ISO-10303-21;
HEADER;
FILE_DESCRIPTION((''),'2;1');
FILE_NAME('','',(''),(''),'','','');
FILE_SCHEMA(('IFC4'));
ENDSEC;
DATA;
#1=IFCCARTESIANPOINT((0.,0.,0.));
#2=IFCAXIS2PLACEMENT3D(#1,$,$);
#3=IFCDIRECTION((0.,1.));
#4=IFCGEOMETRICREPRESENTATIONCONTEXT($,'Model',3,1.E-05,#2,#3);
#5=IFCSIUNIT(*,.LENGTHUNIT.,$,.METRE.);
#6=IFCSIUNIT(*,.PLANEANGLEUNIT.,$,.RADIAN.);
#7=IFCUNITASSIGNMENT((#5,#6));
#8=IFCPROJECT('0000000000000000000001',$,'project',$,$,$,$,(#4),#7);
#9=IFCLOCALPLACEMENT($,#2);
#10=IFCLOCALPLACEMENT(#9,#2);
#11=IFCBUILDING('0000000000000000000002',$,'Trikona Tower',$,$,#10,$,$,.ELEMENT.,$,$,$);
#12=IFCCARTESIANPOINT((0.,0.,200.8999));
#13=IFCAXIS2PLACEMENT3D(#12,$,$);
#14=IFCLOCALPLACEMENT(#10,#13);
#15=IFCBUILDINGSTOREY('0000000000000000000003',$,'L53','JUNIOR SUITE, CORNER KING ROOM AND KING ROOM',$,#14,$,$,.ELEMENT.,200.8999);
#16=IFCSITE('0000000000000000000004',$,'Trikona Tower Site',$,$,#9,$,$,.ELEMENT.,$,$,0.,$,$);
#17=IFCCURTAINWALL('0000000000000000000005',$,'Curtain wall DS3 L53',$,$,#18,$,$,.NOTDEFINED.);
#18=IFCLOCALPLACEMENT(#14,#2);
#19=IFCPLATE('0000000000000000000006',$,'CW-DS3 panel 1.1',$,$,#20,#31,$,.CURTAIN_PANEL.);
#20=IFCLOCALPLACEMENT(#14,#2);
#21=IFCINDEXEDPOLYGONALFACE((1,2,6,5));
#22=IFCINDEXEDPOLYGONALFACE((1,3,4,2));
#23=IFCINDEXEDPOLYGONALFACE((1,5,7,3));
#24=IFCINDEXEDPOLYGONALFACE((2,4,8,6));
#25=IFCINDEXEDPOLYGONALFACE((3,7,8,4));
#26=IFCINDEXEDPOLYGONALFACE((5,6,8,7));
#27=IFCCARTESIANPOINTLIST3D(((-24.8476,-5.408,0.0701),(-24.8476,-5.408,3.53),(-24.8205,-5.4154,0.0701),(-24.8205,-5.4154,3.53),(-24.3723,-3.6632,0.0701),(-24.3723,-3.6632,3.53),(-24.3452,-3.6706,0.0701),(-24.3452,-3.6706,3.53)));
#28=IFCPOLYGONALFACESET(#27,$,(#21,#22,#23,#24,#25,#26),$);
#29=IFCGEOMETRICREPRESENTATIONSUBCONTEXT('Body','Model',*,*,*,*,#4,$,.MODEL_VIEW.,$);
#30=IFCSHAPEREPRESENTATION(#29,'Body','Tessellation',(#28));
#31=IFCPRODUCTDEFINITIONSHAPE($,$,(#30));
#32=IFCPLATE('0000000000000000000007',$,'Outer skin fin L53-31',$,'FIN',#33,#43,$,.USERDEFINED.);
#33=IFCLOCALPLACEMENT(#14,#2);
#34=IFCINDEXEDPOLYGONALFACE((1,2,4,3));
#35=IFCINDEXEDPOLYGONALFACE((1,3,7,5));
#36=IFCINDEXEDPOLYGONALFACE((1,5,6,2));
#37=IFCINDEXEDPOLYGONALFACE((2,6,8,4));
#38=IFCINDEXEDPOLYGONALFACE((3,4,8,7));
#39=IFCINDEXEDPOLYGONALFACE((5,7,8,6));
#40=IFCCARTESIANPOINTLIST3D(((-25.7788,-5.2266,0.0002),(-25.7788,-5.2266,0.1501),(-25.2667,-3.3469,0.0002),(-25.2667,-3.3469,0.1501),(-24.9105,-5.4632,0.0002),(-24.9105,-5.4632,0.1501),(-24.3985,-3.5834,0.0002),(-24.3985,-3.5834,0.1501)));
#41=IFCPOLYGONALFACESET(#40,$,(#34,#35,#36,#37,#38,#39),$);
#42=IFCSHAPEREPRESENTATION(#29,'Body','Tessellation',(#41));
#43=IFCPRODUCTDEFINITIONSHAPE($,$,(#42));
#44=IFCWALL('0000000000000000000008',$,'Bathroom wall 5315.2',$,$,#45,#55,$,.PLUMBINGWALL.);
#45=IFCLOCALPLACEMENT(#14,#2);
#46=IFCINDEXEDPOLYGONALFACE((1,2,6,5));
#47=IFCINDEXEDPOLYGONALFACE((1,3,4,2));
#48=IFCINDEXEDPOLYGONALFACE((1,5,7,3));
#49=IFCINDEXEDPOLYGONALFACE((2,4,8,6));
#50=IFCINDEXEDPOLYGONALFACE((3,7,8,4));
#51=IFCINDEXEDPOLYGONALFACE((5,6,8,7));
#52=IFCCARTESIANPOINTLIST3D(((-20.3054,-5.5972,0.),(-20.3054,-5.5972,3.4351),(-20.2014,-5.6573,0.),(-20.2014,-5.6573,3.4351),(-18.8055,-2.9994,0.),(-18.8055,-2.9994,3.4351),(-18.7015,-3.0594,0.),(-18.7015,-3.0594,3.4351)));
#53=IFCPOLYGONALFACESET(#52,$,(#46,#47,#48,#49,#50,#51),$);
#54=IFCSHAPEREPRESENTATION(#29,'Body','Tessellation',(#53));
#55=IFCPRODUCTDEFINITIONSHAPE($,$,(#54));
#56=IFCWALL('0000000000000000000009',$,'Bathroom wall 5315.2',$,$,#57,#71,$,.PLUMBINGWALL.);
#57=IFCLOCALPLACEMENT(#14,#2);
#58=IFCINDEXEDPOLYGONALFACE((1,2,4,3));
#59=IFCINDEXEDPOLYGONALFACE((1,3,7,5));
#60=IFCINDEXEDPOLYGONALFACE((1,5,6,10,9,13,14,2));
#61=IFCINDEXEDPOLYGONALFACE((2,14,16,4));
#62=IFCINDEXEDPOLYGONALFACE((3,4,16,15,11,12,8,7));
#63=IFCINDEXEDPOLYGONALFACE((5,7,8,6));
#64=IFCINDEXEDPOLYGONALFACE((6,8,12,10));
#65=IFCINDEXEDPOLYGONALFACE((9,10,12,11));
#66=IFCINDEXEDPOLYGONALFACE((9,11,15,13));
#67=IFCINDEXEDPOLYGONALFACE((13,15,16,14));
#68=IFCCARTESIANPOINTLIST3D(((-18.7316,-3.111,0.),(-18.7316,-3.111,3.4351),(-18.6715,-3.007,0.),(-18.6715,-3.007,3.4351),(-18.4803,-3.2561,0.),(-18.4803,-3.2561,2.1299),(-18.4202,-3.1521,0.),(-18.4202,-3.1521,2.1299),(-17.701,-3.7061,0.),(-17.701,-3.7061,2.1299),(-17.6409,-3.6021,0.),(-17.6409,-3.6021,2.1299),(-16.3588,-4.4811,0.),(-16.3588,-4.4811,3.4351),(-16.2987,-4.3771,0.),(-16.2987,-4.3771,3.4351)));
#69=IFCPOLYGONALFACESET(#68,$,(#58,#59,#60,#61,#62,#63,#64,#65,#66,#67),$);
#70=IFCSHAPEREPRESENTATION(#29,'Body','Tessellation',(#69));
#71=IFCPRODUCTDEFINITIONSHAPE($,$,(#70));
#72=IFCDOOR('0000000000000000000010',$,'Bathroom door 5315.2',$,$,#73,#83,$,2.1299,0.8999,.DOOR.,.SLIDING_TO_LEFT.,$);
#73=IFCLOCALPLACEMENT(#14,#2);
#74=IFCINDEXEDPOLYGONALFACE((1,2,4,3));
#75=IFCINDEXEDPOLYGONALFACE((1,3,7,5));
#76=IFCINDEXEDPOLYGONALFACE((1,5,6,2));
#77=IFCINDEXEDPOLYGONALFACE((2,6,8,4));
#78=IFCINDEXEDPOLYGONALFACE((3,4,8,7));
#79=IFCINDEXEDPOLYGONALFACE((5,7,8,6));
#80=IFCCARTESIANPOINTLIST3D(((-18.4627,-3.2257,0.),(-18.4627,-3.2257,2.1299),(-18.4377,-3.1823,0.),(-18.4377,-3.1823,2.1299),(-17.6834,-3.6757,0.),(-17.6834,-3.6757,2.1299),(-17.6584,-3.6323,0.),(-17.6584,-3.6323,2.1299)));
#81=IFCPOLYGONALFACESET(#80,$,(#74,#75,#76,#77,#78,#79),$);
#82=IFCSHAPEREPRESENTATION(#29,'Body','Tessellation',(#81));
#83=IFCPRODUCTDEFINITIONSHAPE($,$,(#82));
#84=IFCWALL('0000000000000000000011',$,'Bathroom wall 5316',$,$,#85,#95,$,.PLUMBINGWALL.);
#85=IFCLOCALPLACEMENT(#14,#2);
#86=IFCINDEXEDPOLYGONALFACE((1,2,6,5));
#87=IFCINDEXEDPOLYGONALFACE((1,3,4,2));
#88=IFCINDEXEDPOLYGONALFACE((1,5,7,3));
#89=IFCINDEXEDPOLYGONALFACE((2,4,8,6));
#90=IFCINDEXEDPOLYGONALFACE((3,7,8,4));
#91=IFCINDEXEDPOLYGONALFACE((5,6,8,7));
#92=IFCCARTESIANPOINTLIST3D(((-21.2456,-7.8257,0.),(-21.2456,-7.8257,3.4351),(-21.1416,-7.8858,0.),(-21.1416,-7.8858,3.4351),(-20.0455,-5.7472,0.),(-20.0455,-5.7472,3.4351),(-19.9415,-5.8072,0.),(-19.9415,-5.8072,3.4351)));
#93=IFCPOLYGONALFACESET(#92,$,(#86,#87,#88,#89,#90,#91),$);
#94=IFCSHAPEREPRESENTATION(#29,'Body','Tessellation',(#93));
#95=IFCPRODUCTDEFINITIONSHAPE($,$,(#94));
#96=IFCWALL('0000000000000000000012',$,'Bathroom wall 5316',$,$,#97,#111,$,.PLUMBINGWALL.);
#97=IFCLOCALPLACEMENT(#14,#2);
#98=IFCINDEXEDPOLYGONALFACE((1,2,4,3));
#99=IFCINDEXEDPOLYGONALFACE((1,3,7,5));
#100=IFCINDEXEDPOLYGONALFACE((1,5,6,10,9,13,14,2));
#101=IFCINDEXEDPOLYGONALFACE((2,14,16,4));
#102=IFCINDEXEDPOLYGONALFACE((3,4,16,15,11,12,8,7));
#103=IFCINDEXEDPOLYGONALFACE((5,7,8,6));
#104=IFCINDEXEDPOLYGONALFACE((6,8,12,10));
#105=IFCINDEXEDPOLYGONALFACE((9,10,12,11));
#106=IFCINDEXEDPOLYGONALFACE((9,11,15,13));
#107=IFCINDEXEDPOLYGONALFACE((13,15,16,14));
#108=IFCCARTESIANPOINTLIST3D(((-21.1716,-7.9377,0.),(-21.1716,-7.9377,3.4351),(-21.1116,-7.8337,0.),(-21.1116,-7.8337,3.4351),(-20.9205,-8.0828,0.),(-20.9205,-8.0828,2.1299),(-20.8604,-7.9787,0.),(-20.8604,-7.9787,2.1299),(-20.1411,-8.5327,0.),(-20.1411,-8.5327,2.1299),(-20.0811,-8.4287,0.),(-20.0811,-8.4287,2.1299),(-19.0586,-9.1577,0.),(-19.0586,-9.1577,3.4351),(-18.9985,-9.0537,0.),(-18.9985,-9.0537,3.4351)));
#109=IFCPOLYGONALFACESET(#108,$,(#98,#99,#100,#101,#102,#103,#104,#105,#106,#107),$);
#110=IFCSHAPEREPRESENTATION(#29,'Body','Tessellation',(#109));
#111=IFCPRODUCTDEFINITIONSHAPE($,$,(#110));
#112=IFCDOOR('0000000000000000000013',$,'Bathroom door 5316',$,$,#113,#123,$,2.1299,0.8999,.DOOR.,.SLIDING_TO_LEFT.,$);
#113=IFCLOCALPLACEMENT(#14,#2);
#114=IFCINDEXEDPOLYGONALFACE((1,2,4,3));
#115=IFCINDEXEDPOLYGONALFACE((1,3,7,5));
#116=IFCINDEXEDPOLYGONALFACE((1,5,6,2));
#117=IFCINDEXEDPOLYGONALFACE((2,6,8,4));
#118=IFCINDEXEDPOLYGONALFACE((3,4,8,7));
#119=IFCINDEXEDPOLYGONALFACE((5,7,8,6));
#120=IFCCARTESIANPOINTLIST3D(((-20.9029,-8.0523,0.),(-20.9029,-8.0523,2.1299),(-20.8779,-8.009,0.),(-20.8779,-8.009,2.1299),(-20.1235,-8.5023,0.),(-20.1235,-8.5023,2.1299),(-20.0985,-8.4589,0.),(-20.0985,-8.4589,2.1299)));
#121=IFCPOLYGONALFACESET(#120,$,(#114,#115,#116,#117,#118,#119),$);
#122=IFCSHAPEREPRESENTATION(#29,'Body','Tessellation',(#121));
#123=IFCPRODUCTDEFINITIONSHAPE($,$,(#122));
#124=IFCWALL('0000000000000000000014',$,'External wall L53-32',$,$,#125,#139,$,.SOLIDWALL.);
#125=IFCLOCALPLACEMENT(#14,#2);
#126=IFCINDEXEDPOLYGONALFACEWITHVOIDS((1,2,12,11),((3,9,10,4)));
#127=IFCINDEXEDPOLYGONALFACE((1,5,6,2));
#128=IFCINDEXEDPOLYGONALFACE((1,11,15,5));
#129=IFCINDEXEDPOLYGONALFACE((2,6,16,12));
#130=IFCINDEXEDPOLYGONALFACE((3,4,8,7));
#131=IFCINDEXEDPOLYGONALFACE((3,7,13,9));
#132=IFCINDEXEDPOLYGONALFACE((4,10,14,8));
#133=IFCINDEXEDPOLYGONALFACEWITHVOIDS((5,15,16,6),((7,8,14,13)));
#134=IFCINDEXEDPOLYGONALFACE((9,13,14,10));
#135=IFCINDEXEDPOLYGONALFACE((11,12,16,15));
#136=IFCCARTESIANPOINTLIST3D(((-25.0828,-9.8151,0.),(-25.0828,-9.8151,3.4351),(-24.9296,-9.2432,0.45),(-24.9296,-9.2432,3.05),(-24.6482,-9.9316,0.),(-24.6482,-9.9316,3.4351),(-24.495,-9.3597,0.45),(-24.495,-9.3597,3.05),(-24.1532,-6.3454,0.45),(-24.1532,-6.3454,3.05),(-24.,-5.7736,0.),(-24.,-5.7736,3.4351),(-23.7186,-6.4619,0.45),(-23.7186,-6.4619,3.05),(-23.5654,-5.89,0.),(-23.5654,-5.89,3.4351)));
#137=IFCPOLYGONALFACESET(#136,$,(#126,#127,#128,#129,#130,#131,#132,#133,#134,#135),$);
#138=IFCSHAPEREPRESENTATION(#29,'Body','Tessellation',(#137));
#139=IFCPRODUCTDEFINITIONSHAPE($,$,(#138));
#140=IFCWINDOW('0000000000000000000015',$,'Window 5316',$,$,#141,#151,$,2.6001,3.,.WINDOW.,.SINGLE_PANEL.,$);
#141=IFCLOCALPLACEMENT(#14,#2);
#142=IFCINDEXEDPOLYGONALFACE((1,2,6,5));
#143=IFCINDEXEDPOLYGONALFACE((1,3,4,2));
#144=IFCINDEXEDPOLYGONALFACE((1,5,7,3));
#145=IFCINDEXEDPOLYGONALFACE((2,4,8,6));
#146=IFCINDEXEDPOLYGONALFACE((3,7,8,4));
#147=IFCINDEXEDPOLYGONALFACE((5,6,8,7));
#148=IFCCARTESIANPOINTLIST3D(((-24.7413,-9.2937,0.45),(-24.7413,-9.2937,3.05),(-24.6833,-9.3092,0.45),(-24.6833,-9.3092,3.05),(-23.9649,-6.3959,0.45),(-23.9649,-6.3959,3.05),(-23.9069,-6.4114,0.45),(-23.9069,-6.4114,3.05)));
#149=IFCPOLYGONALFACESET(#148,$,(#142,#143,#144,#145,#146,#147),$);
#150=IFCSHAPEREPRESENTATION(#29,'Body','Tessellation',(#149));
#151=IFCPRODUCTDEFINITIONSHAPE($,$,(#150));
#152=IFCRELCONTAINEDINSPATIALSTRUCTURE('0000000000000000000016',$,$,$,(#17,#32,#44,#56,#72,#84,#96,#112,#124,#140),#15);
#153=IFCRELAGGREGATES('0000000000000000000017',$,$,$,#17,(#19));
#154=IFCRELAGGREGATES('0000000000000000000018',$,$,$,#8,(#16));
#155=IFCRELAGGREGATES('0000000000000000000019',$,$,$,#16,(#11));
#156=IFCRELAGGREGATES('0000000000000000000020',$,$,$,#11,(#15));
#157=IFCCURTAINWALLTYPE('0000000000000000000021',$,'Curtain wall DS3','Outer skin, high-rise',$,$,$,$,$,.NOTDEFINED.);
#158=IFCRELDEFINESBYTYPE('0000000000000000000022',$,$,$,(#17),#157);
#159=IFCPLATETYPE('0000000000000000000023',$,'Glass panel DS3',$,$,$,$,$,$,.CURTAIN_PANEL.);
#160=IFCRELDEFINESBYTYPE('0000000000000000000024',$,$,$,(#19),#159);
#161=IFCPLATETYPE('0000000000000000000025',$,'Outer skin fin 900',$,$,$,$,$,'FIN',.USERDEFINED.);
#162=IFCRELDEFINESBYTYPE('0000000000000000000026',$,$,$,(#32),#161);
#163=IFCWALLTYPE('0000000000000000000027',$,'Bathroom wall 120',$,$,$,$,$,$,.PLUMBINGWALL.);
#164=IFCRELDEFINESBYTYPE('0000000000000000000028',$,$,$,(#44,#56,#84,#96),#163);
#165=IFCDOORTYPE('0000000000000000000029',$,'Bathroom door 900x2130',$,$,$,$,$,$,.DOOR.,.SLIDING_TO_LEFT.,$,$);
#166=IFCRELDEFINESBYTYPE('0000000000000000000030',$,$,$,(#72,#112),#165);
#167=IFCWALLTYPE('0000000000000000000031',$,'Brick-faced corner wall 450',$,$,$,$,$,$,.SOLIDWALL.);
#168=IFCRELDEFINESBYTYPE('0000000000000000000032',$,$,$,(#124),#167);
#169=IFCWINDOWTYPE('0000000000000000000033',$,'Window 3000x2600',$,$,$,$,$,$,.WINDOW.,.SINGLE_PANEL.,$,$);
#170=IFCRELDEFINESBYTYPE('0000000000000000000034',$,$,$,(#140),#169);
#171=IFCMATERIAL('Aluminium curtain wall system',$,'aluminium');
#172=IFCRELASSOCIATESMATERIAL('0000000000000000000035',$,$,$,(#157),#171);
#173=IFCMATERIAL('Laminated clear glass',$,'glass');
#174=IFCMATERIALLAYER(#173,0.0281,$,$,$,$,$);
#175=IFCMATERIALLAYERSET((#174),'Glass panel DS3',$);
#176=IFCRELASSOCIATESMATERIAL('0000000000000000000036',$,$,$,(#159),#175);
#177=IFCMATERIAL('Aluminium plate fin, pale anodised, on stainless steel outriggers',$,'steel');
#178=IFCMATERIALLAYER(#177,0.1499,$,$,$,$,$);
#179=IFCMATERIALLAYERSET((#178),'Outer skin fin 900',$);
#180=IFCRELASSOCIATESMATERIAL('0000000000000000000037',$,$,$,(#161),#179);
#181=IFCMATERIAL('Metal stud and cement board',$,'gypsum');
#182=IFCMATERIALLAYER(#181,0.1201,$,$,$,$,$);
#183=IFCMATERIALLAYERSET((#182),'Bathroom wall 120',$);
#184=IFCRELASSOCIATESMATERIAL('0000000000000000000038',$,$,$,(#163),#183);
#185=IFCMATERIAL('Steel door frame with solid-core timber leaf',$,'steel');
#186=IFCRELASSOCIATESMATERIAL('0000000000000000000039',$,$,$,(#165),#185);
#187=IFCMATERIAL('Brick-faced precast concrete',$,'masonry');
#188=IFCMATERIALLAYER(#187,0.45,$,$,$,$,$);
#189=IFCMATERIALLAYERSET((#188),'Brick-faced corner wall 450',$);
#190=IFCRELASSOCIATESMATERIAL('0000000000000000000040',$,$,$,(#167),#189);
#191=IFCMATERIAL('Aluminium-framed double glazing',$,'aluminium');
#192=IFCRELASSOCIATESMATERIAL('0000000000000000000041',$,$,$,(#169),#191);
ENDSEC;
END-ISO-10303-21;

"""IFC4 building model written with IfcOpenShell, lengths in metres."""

from ifc_helpers import new_model, si_unit, direction, frame, frame_2d, origin, origin_2d, place, context, subcontext, project, spatial, rectangle, extrude, material, layer, layer_set, type_object, element, fill, aggregate, save


model = new_model("IFC4")

# Units and contexts
model_context = context("Model", 3, precision=1e-05, world=origin(), true_north=direction((0.0, 1.0)))
body_context = subcontext(model_context, "Body", "Model", "MODEL_VIEW")
ifc_project = project(units=[si_unit("LENGTHUNIT", "METRE"), si_unit("PLANEANGLEUNIT", "RADIAN")], contexts=[model_context])

# Site, building, storey
site_placement = place(None, origin())
site = spatial("IfcSite", under=ifc_project, at=site_placement, Name="Trikona Tower Site", CompositionType="ELEMENT", RefElevation=0.0)
building_placement = place(site_placement, origin())
building = spatial("IfcBuilding", under=site, at=building_placement, Name="Trikona Tower", CompositionType="ELEMENT")
storey_placement = place(building_placement, frame((0.0, 0.0, 200.8999)))
storey = spatial("IfcBuildingStorey", under=building, at=storey_placement, Name="L53", Description="JUNIOR SUITE, CORNER KING ROOM AND KING ROOM", CompositionType="ELEMENT", Elevation=200.8999)

# Shared definitions
ifc_material_1 = material(Name="Aluminium curtain wall system", Category="aluminium")
curtain_wall_type = type_object("IfcCurtainWallType", Name="Curtain wall DS3", Description="Outer skin, high-rise", PredefinedType="NOTDEFINED", material=ifc_material_1)

# Curtain wall
curtain_wall_1_placement = place(storey_placement, origin())
curtain_wall_1 = element("IfcCurtainWall", 1, at=curtain_wall_1_placement, inside=storey, type_object=curtain_wall_type, Name="Curtain wall DS3 L53", PredefinedType="NOTDEFINED")

# Plates
ifc_material_2 = material(Name="Laminated clear glass", Category="glass")
ifc_layer_1 = layer(ifc_material_2, 0.0281)
ifc_layer_set_1 = layer_set([ifc_layer_1], Name="Glass panel DS3")
plate_type_1 = type_object("IfcPlateType", Name="Glass panel DS3", PredefinedType="CURTAIN_PANEL", material=ifc_layer_set_1)
plate_1_placement = place(storey_placement, frame((-24.5964, -4.5393, 0.0701), z_axis=(0.0, 0.0, 1.0), x_axis=(-0.262844, -0.964838, 0.0)))
plate_1 = element("IfcPlate", 2, at=plate_1_placement, type_object=plate_type_1, Name="CW-DS3 panel 1.1", PredefinedType="CURTAIN_PANEL", context=body_context, shape_type="SweptSolid", body=[
    extrude(rectangle(XDim=1.8083, YDim=0.0281, at=origin_2d()), origin(), (0.0, 0.0, 1.0), 3.46),
])
aggregate(curtain_wall_1, [plate_1])
ifc_material_3 = material(Name="Aluminium plate fin, pale anodised, on stainless steel outriggers", Category="steel")
ifc_layer_2 = layer(ifc_material_3, 0.1499)
ifc_layer_set_2 = layer_set([ifc_layer_2], Name="Outer skin fin 900")
plate_type_2 = type_object("IfcPlateType", Name="Outer skin fin 900", ElementType="FIN", PredefinedType="USERDEFINED", material=ifc_layer_set_2)
plate_2_placement = place(storey_placement, frame((-25.0886, -4.405, 0.0002), z_axis=(0.0, 0.0, 1.0), x_axis=(-0.262822, -0.964844, 0.0)))
element("IfcPlate", 3, at=plate_2_placement, inside=storey, type_object=plate_type_2, Name="Outer skin fin L53-31", ObjectType="FIN", PredefinedType="USERDEFINED", context=body_context, shape_type="SweptSolid", body=[
    extrude(rectangle(XDim=1.9482, YDim=0.8999, at=origin_2d()), origin(), (0.0, 0.0, 1.0), 0.1499),
])

# Wall
ifc_material_4 = material(Name="Metal stud and cement board", Category="gypsum")
ifc_layer_3 = layer(ifc_material_4, 0.1201)
ifc_layer_set_3 = layer_set([ifc_layer_3], Name="Bathroom wall 120")
wall_type_1 = type_object("IfcWallType", Name="Bathroom wall 120", PredefinedType="PLUMBINGWALL", material=ifc_layer_set_3)
wall_1_placement = place(storey_placement, frame((-18.7534, -3.0293, 0.0), z_axis=(0.0, 0.0, 1.0), x_axis=(-0.500025, -0.866011, 0.0)))
element("IfcWall", 4, at=wall_1_placement, inside=storey, type_object=wall_type_1, Name="Bathroom wall 5315.2", PredefinedType="PLUMBINGWALL", context=body_context, shape_type="SweptSolid", body=[
    extrude(rectangle(XDim=2.9998, YDim=0.1201, at=frame_2d((1.5, 0.0))), origin(), (0.0, 0.0, 1.0), 3.4351),
])

# Wall, opening, door
wall_2_placement = place(storey_placement, frame((-16.3286, -4.4292, 0.0), z_axis=(0.0, 0.0, 1.0), x_axis=(-0.865997, 0.500049, 0.0)))
wall_2 = element("IfcWall", 5, at=wall_2_placement, inside=storey, type_object=wall_type_1, Name="Bathroom wall 5315.2", PredefinedType="PLUMBINGWALL", context=body_context, shape_type="SweptSolid", body=[
    extrude(rectangle(XDim=2.74, YDim=0.1201, at=frame_2d((1.3701, 0.0))), origin(), (0.0, 0.0, 1.0), 3.4351),
])
opening_1_placement = place(wall_2_placement, frame((1.55, 0.0, 0.0)))
opening_1 = element("IfcOpeningElement", 6, at=opening_1_placement, cuts=wall_2, PredefinedType="OPENING", context=body_context, shape_type="SweptSolid", body=[
    extrude(rectangle(XDim=0.8999, YDim=2.1299, at=frame_2d((0.45, 1.0649))), frame((0.0, 0.0701, 0.0), z_axis=(0.0, -1.0, 0.0), x_axis=(1.0, 0.0, 0.0)), (0.0, 0.0, 1.0), 0.1401),
])
ifc_material_5 = material(Name="Steel door frame with solid-core timber leaf", Category="steel")
door_type_1 = type_object("IfcDoorType", Name="Bathroom door 900x2130", OperationType="SLIDING_TO_LEFT", PredefinedType="DOOR", material=ifc_material_5)
door_1_placement = place(opening_1_placement, origin())
door_1 = element("IfcDoor", 7, at=door_1_placement, inside=storey, type_object=door_type_1, Name="Bathroom door 5315.2", OperationType="SLIDING_TO_LEFT", OverallHeight=2.1299, OverallWidth=0.8999, PredefinedType="DOOR", context=body_context, shape_type="SweptSolid", body=[
    extrude(rectangle(XDim=0.8999, YDim=2.1299, at=frame_2d((0.45, 1.0649))), frame((0.0, 0.0249, 0.0), z_axis=(0.0, -1.0, 0.0), x_axis=(1.0, 0.0, 0.0)), (0.0, 0.0, 1.0), 0.05),
])
fill(opening_1, door_1)

# Wall
wall_3_placement = place(storey_placement, frame((-19.9934, -5.7771, 0.0), z_axis=(0.0, 0.0, 1.0), x_axis=(-0.500034, -0.866006, 0.0)))
element("IfcWall", 8, at=wall_3_placement, inside=storey, type_object=wall_type_1, Name="Bathroom wall 5316", PredefinedType="PLUMBINGWALL", context=body_context, shape_type="SweptSolid", body=[
    extrude(rectangle(XDim=2.4001, YDim=0.1201, at=frame_2d((1.2002, 0.0))), origin(), (0.0, 0.0, 1.0), 3.4351),
])

# Wall, opening, door
wall_4_placement = place(storey_placement, frame((-19.0286, -9.1057, 0.0), z_axis=(0.0, 0.0, 1.0), x_axis=(-0.866024, 0.500003, 0.0)))
wall_4 = element("IfcWall", 9, at=wall_4_placement, inside=storey, type_object=wall_type_1, Name="Bathroom wall 5316", PredefinedType="PLUMBINGWALL", context=body_context, shape_type="SweptSolid", body=[
    extrude(rectangle(XDim=2.4399, YDim=0.1201, at=frame_2d((1.22, 0.0))), origin(), (0.0, 0.0, 1.0), 3.4351),
])
opening_2_placement = place(wall_4_placement, frame((1.25, 0.0, 0.0)))
opening_2 = element("IfcOpeningElement", 10, at=opening_2_placement, cuts=wall_4, PredefinedType="OPENING", context=body_context, shape_type="SweptSolid", body=[
    extrude(rectangle(XDim=0.8999, YDim=2.1299, at=frame_2d((0.45, 1.0649))), frame((0.0, 0.0701, 0.0), z_axis=(0.0, -1.0, 0.0), x_axis=(1.0, 0.0, 0.0)), (0.0, 0.0, 1.0), 0.1401),
])
door_2_placement = place(opening_2_placement, origin())
door_2 = element("IfcDoor", 11, at=door_2_placement, inside=storey, type_object=door_type_1, Name="Bathroom door 5316", OperationType="SLIDING_TO_LEFT", OverallHeight=2.1299, OverallWidth=0.8999, PredefinedType="DOOR", context=body_context, shape_type="SweptSolid", body=[
    extrude(rectangle(XDim=0.8999, YDim=2.1299, at=frame_2d((0.45, 1.0649))), frame((0.0, 0.0249, 0.0), z_axis=(0.0, -1.0, 0.0), x_axis=(1.0, 0.0, 0.0)), (0.0, 0.0, 1.0), 0.05),
])
fill(opening_2, door_2)

# Wall, opening, window
ifc_material_6 = material(Name="Brick-faced precast concrete", Category="masonry")
ifc_layer_4 = layer(ifc_material_6, 0.45)
ifc_layer_set_4 = layer_set([ifc_layer_4], Name="Brick-faced corner wall 450")
wall_type_2 = type_object("IfcWallType", Name="Brick-faced corner wall 450", PredefinedType="SOLIDWALL", material=ifc_layer_set_4)
wall_5_placement = place(storey_placement, frame((-23.7827, -5.8318, 0.0), z_axis=(0.0, 0.0, 1.0), x_axis=(-0.258785, -0.965935, 0.0)))
wall_5 = element("IfcWall", 12, at=wall_5_placement, inside=storey, type_object=wall_type_2, Name="External wall L53-32", PredefinedType="SOLIDWALL", context=body_context, shape_type="SweptSolid", body=[
    extrude(rectangle(XDim=4.1841, YDim=0.45, at=frame_2d((2.092, 0.0))), origin(), (0.0, 0.0, 1.0), 3.4351),
])
opening_3_placement = place(wall_5_placement, frame((0.592, 0.0, 0.45)))
opening_3 = element("IfcOpeningElement", 13, at=opening_3_placement, cuts=wall_5, PredefinedType="OPENING", context=body_context, shape_type="SweptSolid", body=[
    extrude(rectangle(XDim=3.0, YDim=2.6001, at=frame_2d((1.5, 1.3))), frame((0.0, 0.2349, 0.0), z_axis=(0.0, -1.0, 0.0), x_axis=(1.0, 0.0, 0.0)), (0.0, 0.0, 1.0), 0.47),
])
ifc_material_7 = material(Name="Aluminium-framed double glazing", Category="aluminium")
window_type_1 = type_object("IfcWindowType", Name="Window 3000x2600", PartitioningType="SINGLE_PANEL", PredefinedType="WINDOW", material=ifc_material_7)
window_1_placement = place(opening_3_placement, origin())
window_1 = element("IfcWindow", 14, at=window_1_placement, inside=storey, type_object=window_type_1, Name="Window 5316", OverallHeight=2.6001, OverallWidth=3.0, PartitioningType="SINGLE_PANEL", PredefinedType="WINDOW", context=body_context, shape_type="SweptSolid", body=[
    extrude(rectangle(XDim=3.0, YDim=2.6001, at=frame_2d((1.5, 1.3))), frame((0.0, 0.03, 0.0), z_axis=(0.0, -1.0, 0.0), x_axis=(1.0, 0.0, 0.0)), (0.0, 0.0, 1.0), 0.0601),
])
fill(opening_3, window_1)

save(model, "model.ifc")
